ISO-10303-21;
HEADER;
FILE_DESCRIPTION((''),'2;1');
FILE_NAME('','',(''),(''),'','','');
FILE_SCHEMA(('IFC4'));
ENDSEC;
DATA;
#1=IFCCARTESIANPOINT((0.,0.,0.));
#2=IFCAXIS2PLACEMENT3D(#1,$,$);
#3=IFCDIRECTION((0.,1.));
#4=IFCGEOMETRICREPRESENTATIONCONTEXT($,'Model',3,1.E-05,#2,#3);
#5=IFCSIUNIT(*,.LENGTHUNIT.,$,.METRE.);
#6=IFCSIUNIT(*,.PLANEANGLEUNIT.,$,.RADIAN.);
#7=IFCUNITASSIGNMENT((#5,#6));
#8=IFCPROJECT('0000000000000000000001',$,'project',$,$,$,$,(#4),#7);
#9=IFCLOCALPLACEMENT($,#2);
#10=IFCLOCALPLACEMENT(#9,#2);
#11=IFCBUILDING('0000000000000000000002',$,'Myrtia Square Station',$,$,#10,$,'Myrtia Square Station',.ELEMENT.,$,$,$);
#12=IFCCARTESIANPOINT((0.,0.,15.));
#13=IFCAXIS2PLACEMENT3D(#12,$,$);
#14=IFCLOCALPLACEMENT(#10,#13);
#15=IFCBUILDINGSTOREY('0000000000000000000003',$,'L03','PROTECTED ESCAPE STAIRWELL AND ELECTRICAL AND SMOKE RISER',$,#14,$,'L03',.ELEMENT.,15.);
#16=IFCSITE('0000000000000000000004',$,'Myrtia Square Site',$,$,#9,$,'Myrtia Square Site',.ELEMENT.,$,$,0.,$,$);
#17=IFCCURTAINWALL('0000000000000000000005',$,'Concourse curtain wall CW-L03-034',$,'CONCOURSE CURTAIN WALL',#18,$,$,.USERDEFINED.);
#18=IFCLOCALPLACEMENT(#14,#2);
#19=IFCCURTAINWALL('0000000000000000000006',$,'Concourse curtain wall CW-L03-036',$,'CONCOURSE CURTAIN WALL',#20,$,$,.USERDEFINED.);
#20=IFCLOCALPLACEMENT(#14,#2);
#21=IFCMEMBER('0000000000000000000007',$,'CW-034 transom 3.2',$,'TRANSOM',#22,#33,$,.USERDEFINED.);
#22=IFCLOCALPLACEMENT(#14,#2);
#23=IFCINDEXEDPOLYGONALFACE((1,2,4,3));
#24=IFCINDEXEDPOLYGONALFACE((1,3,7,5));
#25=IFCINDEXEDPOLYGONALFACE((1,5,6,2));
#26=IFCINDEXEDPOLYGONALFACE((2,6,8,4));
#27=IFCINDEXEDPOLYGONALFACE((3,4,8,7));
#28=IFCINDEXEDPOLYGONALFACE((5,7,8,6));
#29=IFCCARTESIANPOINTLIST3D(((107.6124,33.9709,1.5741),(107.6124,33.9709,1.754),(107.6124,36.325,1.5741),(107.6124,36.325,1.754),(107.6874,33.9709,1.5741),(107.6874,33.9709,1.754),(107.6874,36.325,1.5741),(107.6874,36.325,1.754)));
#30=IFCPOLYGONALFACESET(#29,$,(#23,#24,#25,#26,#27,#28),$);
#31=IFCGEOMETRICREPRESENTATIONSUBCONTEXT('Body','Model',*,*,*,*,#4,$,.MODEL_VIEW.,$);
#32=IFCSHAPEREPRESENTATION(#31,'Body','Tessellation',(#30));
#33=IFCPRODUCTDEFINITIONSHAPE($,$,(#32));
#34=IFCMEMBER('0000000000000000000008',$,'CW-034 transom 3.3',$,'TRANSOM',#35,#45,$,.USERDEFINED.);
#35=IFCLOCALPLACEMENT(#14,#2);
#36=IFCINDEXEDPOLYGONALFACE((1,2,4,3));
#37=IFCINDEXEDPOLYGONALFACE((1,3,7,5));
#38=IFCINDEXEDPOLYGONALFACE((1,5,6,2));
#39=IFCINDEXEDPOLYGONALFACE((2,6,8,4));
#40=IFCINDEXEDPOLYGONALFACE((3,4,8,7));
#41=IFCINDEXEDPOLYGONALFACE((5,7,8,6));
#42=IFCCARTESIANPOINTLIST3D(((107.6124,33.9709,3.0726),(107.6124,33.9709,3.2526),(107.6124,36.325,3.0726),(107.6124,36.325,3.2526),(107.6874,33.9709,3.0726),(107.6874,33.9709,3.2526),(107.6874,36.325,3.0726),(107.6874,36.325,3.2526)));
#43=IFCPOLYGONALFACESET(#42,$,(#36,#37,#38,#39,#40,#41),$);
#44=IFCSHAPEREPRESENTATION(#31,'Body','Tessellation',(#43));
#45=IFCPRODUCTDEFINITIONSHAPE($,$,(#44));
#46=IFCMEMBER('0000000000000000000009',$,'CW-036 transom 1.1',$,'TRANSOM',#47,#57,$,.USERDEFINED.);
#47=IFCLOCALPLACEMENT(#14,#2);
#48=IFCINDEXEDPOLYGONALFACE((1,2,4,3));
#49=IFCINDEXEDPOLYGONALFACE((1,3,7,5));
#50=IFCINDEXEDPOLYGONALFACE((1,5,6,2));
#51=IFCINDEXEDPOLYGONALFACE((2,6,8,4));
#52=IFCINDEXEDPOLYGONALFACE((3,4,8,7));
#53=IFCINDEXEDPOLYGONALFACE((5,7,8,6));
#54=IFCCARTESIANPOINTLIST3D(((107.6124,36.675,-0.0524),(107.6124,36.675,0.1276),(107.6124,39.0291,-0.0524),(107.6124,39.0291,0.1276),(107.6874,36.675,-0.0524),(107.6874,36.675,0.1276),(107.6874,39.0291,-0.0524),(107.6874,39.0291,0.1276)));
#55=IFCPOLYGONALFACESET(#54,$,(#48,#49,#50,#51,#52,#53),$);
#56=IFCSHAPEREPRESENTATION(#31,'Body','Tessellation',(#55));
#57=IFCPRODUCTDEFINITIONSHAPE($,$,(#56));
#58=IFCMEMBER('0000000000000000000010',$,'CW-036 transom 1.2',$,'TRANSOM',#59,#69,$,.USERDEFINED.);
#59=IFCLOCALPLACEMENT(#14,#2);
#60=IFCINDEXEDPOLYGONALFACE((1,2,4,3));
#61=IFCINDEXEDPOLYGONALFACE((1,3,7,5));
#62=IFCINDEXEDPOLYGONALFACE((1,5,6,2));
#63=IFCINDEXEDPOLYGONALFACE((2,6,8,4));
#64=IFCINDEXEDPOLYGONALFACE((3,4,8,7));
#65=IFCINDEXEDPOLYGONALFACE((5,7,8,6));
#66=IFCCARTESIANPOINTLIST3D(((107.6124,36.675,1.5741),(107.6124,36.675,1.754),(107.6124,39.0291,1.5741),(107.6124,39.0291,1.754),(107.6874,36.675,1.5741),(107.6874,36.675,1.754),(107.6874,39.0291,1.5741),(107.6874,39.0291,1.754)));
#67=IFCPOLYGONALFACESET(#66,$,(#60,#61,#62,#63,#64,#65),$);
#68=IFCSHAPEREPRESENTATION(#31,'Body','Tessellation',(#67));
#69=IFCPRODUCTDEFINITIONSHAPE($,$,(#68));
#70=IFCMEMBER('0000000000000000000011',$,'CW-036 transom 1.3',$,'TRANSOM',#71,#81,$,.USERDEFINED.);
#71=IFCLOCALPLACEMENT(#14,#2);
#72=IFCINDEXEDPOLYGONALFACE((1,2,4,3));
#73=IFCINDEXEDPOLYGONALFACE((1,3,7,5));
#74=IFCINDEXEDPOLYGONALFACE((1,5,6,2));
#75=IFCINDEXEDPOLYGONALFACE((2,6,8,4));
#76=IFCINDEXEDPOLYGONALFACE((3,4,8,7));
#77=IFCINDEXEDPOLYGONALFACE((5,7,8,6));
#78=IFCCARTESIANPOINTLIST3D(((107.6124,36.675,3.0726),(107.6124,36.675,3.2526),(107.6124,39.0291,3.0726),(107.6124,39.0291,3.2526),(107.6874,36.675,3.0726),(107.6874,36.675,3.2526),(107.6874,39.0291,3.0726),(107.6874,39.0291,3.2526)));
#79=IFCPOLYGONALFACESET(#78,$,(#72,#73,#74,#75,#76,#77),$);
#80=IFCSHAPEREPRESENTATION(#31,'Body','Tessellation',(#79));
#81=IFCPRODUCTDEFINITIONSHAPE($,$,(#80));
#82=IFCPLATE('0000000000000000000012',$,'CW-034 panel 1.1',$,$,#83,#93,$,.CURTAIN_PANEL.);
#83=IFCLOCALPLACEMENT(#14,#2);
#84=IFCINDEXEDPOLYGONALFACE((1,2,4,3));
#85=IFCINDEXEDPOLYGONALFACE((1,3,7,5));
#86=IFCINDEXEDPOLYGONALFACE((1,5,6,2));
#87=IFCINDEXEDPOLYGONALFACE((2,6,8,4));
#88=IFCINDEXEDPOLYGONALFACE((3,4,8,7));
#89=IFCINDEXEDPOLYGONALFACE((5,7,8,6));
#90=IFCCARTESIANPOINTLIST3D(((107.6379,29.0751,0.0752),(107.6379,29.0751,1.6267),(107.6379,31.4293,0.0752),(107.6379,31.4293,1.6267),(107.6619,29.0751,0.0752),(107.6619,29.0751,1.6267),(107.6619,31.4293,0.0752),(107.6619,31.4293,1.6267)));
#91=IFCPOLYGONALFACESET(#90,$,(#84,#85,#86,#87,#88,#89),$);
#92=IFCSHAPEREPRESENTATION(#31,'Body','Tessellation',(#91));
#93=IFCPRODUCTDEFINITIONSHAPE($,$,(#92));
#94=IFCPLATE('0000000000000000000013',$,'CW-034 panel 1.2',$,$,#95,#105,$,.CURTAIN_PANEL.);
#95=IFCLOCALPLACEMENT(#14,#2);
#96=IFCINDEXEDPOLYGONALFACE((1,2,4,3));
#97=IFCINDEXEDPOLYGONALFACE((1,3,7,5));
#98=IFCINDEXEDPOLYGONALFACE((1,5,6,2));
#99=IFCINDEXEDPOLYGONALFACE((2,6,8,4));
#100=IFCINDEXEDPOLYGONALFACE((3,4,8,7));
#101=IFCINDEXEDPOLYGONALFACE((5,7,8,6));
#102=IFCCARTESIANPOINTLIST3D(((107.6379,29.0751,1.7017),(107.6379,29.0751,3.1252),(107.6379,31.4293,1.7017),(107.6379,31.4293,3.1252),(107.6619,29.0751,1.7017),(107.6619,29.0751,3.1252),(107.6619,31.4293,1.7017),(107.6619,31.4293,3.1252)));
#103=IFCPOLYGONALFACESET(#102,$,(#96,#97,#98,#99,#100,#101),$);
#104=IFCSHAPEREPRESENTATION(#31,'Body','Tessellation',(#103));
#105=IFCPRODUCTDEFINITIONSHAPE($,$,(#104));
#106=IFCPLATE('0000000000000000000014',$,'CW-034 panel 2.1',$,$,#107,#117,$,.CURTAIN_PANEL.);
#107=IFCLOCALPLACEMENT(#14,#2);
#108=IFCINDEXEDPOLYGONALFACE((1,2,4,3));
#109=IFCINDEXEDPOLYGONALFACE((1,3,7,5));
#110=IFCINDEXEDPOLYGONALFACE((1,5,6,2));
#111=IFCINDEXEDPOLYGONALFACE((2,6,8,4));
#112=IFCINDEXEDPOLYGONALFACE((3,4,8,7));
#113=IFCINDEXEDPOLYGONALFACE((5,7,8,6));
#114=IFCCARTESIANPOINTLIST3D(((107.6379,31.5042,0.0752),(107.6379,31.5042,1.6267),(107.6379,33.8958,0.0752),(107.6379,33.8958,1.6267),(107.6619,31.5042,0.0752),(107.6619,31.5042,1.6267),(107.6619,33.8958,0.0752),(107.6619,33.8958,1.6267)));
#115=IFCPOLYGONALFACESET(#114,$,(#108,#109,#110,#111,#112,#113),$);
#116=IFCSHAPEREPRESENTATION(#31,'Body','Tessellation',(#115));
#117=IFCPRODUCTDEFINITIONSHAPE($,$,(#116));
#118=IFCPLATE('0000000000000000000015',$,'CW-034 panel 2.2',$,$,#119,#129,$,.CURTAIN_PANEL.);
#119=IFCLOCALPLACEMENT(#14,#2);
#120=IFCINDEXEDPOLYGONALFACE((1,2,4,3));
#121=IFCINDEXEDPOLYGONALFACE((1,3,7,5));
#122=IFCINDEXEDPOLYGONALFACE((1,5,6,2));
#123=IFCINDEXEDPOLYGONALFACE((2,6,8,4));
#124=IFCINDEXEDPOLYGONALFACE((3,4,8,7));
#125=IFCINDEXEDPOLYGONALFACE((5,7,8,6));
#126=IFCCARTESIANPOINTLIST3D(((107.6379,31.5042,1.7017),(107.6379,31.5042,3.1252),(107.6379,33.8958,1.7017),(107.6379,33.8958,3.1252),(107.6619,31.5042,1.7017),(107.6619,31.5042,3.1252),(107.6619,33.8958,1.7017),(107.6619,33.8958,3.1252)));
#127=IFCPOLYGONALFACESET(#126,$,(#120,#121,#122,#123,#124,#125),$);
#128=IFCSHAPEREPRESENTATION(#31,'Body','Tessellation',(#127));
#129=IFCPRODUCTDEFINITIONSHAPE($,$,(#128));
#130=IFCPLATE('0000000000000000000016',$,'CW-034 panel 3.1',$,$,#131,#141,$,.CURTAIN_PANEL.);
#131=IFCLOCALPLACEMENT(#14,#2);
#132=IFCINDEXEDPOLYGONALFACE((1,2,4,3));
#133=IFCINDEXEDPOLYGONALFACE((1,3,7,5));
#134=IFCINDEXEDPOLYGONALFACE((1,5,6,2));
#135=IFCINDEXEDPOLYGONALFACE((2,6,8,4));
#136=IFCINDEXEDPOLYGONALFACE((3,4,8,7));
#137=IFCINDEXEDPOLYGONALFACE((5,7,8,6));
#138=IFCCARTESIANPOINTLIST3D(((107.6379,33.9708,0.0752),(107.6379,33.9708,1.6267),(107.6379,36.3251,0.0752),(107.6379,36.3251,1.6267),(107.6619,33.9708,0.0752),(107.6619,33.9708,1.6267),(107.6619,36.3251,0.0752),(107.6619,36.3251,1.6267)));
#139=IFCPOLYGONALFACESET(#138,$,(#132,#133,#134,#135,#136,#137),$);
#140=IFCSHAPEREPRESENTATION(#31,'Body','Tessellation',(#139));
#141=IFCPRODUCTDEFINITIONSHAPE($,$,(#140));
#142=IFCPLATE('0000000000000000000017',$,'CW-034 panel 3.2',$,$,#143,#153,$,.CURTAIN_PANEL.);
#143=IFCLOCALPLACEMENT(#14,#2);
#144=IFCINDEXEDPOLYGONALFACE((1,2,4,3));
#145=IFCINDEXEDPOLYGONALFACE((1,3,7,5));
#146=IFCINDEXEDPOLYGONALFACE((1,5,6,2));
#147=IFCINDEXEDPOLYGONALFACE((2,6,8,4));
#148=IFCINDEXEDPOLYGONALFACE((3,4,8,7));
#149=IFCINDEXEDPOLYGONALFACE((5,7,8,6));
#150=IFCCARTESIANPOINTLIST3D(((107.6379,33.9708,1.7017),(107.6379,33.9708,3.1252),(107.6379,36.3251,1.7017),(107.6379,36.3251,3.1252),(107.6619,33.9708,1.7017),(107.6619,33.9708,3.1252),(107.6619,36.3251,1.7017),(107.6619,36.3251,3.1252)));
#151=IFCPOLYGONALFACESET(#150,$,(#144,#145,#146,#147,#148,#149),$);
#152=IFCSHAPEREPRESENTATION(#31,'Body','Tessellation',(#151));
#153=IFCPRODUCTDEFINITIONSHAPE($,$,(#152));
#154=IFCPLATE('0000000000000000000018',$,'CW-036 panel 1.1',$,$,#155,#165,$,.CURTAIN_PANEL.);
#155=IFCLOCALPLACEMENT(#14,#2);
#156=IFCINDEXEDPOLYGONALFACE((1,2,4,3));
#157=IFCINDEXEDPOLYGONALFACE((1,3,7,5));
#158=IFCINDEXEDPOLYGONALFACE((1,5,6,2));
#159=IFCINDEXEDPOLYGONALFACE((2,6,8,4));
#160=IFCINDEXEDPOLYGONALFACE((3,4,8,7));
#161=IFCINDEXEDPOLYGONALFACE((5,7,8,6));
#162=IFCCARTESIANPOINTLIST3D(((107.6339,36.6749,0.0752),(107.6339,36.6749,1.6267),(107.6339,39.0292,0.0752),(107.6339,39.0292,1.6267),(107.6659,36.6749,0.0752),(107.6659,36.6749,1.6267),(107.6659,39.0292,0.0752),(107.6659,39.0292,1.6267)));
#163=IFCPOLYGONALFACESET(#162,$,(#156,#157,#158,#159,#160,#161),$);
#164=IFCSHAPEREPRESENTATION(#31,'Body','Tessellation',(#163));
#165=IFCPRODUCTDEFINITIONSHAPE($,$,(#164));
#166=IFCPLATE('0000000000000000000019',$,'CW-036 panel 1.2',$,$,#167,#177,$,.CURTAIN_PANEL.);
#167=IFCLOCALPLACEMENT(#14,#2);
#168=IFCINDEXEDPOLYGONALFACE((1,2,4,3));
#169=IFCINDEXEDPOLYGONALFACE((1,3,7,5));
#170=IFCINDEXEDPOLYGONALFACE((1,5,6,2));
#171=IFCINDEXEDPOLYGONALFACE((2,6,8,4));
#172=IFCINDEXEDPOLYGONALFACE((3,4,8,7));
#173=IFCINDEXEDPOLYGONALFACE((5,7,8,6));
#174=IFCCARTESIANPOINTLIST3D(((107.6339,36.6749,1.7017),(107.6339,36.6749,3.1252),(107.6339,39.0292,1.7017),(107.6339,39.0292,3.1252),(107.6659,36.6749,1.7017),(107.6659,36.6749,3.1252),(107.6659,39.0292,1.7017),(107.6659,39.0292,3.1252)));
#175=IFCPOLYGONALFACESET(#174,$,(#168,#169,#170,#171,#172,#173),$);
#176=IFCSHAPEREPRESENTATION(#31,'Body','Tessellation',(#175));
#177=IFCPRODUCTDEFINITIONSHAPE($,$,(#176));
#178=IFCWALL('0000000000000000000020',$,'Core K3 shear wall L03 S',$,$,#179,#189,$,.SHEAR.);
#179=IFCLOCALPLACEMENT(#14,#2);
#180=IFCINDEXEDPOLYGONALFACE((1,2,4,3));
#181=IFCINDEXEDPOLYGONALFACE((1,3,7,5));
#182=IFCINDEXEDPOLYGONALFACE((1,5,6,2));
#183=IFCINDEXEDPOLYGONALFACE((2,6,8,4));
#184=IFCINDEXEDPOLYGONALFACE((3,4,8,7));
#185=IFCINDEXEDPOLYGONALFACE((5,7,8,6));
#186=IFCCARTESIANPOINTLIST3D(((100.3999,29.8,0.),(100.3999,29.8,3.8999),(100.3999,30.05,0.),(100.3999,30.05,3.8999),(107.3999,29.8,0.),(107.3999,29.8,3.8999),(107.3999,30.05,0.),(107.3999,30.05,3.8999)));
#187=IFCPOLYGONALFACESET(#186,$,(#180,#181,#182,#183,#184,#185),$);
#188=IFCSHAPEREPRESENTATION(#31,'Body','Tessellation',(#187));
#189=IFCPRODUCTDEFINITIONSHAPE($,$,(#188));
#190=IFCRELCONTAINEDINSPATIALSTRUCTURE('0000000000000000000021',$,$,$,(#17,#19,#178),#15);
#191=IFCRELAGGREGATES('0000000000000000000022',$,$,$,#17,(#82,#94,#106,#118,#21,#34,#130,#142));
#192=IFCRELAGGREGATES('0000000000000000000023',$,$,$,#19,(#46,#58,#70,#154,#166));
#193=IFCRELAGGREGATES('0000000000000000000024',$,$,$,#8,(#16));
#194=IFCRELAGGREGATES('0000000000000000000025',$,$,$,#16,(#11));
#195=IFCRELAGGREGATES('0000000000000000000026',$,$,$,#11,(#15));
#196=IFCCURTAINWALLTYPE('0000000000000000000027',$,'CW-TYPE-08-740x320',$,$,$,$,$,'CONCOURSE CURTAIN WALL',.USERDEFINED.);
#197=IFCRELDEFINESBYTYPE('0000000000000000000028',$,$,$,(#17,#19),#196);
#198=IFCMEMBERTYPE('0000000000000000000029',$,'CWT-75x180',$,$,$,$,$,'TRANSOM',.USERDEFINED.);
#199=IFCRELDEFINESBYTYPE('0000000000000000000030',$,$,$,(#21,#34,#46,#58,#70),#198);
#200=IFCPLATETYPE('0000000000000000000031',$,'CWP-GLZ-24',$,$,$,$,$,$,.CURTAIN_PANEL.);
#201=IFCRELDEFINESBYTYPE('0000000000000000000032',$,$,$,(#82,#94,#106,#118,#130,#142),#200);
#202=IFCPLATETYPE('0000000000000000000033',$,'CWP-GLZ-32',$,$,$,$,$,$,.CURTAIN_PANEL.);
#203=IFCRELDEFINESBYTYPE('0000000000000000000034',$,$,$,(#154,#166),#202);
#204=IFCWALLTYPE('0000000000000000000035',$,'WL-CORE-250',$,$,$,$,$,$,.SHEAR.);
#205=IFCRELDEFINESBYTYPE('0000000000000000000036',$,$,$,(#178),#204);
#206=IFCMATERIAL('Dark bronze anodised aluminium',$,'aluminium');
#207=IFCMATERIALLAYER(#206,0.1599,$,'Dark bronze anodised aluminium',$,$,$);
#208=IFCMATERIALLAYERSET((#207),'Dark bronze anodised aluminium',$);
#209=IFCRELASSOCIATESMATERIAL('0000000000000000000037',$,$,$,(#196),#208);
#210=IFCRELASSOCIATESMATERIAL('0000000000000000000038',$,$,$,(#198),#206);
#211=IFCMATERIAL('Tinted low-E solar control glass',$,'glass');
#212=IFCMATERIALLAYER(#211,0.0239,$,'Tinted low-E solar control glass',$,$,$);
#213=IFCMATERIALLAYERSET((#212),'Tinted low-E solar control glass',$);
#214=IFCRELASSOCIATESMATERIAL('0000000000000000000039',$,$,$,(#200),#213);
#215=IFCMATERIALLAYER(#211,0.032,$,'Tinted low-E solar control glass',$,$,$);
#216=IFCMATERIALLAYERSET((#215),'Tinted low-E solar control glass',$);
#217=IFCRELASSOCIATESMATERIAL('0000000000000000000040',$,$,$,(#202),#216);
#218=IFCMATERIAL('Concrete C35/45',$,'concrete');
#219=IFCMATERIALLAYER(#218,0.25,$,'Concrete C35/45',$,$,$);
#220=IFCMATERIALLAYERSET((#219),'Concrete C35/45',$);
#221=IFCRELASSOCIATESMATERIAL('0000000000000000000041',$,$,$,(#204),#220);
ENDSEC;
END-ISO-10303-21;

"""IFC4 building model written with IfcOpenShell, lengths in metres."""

from ifc_helpers import new_model, si_unit, direction, frame, frame_2d, origin, origin_2d, place, context, subcontext, project, spatial, rectangle, extrude, material, layer, layer_set, material_profile, profile_set, type_object, element, aggregate, save


model = new_model("IFC4")

# Units and contexts
model_context = context("Model", 3, precision=1e-05, world=origin(), true_north=direction((0.0, 1.0)))
body_context = subcontext(model_context, "Body", "Model", "MODEL_VIEW")
ifc_project = project(units=[si_unit("LENGTHUNIT", "METRE"), si_unit("PLANEANGLEUNIT", "RADIAN")], contexts=[model_context])

# Site, building, storey
site_placement = place(None, origin())
site = spatial("IfcSite", under=ifc_project, at=site_placement, Name="Myrtia Square Site", LongName="Myrtia Square Site", CompositionType="ELEMENT", RefElevation=0.0)
building_placement = place(site_placement, origin())
building = spatial("IfcBuilding", under=site, at=building_placement, Name="Myrtia Square Station", LongName="Myrtia Square Station", CompositionType="ELEMENT")
storey_placement = place(building_placement, frame((0.0, 0.0, 15.0)))
storey = spatial("IfcBuildingStorey", under=building, at=storey_placement, Name="L03", Description="PROTECTED ESCAPE STAIRWELL AND ELECTRICAL AND SMOKE RISER", LongName="L03", CompositionType="ELEMENT", Elevation=15.0)

# Curtain walls
ifc_material_1 = material(Name="Dark bronze anodised aluminium", Category="aluminium")
ifc_layer_1 = layer(ifc_material_1, 0.1599, Name="Dark bronze anodised aluminium")
ifc_layer_set_1 = layer_set([ifc_layer_1], Name="Dark bronze anodised aluminium")
curtain_wall_type = type_object("IfcCurtainWallType", Name="CW-TYPE-08-740x320", ElementType="CONCOURSE CURTAIN WALL", PredefinedType="USERDEFINED", material=ifc_layer_set_1)
curtain_wall_1_placement = place(storey_placement, origin())
curtain_wall_1 = element("IfcCurtainWall", 1, at=curtain_wall_1_placement, inside=storey, type_object=curtain_wall_type, Name="Concourse curtain wall CW-L03-034", ObjectType="CONCOURSE CURTAIN WALL", PredefinedType="USERDEFINED")
curtain_wall_2_placement = place(storey_placement, origin())
curtain_wall_2 = element("IfcCurtainWall", 2, at=curtain_wall_2_placement, inside=storey, type_object=curtain_wall_type, Name="Concourse curtain wall CW-L03-036", ObjectType="CONCOURSE CURTAIN WALL", PredefinedType="USERDEFINED")

# Members
ifc_material_profile_1 = material_profile(ifc_material_1, rectangle(XDim=0.075, YDim=0.1799, at=origin_2d()), Name="ALU-T 75x180")
ifc_profile_set_1 = profile_set([ifc_material_profile_1], Name="Dark bronze anodised aluminium")
member_type_1 = type_object("IfcMemberType", Name="CWT-75x180", ElementType="TRANSOM", PredefinedType="USERDEFINED", material=ifc_profile_set_1)
member_1_placement = place(storey_placement, frame((107.6499, 33.9709, 1.6641), z_axis=(0.0, 1.0, 0.0), x_axis=(-1.0, 0.0, 0.0)))
member_1 = element("IfcMember", 3, at=member_1_placement, type_object=member_type_1, Name="CW-034 transom 3.2", ObjectType="TRANSOM", PredefinedType="USERDEFINED", context=body_context, shape_type="SweptSolid", body=[
    extrude(rectangle(XDim=0.075, YDim=0.1799, at=origin_2d()), origin(), (0.0, 0.0, 1.0), 2.354),
])
member_2_placement = place(storey_placement, frame((107.6499, 33.9709, 3.1626), z_axis=(0.0, 1.0, 0.0), x_axis=(-1.0, 0.0, 0.0)))
member_2 = element("IfcMember", 4, at=member_2_placement, type_object=member_type_1, Name="CW-034 transom 3.3", ObjectType="TRANSOM", PredefinedType="USERDEFINED", context=body_context, shape_type="SweptSolid", body=[
    extrude(rectangle(XDim=0.075, YDim=0.1799, at=origin_2d()), origin(), (0.0, 0.0, 1.0), 2.354),
])
member_3_placement = place(storey_placement, frame((107.6499, 36.675, 0.0376), z_axis=(0.0, 1.0, 0.0), x_axis=(-1.0, 0.0, 0.0)))
member_3 = element("IfcMember", 5, at=member_3_placement, type_object=member_type_1, Name="CW-036 transom 1.1", ObjectType="TRANSOM", PredefinedType="USERDEFINED", context=body_context, shape_type="SweptSolid", body=[
    extrude(rectangle(XDim=0.075, YDim=0.1799, at=origin_2d()), origin(), (0.0, 0.0, 1.0), 2.354),
])
member_4_placement = place(storey_placement, frame((107.6499, 36.675, 1.6641), z_axis=(0.0, 1.0, 0.0), x_axis=(-1.0, 0.0, 0.0)))
member_4 = element("IfcMember", 6, at=member_4_placement, type_object=member_type_1, Name="CW-036 transom 1.2", ObjectType="TRANSOM", PredefinedType="USERDEFINED", context=body_context, shape_type="SweptSolid", body=[
    extrude(rectangle(XDim=0.075, YDim=0.1799, at=origin_2d()), origin(), (0.0, 0.0, 1.0), 2.354),
])
member_5_placement = place(storey_placement, frame((107.6499, 36.675, 3.1626), z_axis=(0.0, 1.0, 0.0), x_axis=(-1.0, 0.0, 0.0)))
member_5 = element("IfcMember", 7, at=member_5_placement, type_object=member_type_1, Name="CW-036 transom 1.3", ObjectType="TRANSOM", PredefinedType="USERDEFINED", context=body_context, shape_type="SweptSolid", body=[
    extrude(rectangle(XDim=0.075, YDim=0.1799, at=origin_2d()), origin(), (0.0, 0.0, 1.0), 2.354),
])

# Plates
ifc_material_2 = material(Name="Tinted low-E solar control glass", Category="glass")
ifc_layer_2 = layer(ifc_material_2, 0.0239, Name="Tinted low-E solar control glass")
ifc_layer_set_2 = layer_set([ifc_layer_2], Name="Tinted low-E solar control glass")
plate_type_1 = type_object("IfcPlateType", Name="CWP-GLZ-24", PredefinedType="CURTAIN_PANEL", material=ifc_layer_set_2)
plate_1_placement = place(storey_placement, frame((107.6499, 30.2522, 0.0752), z_axis=(0.0, 0.0, 1.0), x_axis=(0.0, 1.0, 0.0)))
plate_1 = element("IfcPlate", 8, at=plate_1_placement, type_object=plate_type_1, Name="CW-034 panel 1.1", PredefinedType="CURTAIN_PANEL", context=body_context, shape_type="SweptSolid", body=[
    extrude(rectangle(XDim=2.3542, YDim=0.0239, at=origin_2d()), origin(), (0.0, 0.0, 1.0), 1.5515),
])
plate_2_placement = place(storey_placement, frame((107.6499, 30.2522, 1.7017), z_axis=(0.0, 0.0, 1.0), x_axis=(0.0, 1.0, 0.0)))
plate_2 = element("IfcPlate", 9, at=plate_2_placement, type_object=plate_type_1, Name="CW-034 panel 1.2", PredefinedType="CURTAIN_PANEL", context=body_context, shape_type="SweptSolid", body=[
    extrude(rectangle(XDim=2.3542, YDim=0.0239, at=origin_2d()), origin(), (0.0, 0.0, 1.0), 1.4236),
])
plate_3_placement = place(storey_placement, frame((107.6499, 32.7, 0.0752), z_axis=(0.0, 0.0, 1.0), x_axis=(0.0, 1.0, 0.0)))
plate_3 = element("IfcPlate", 10, at=plate_3_placement, type_object=plate_type_1, Name="CW-034 panel 2.1", PredefinedType="CURTAIN_PANEL", context=body_context, shape_type="SweptSolid", body=[
    extrude(rectangle(XDim=2.3916, YDim=0.0239, at=origin_2d()), origin(), (0.0, 0.0, 1.0), 1.5515),
])
plate_4_placement = place(storey_placement, frame((107.6499, 32.7, 1.7017), z_axis=(0.0, 0.0, 1.0), x_axis=(0.0, 1.0, 0.0)))
plate_4 = element("IfcPlate", 11, at=plate_4_placement, type_object=plate_type_1, Name="CW-034 panel 2.2", PredefinedType="CURTAIN_PANEL", context=body_context, shape_type="SweptSolid", body=[
    extrude(rectangle(XDim=2.3916, YDim=0.0239, at=origin_2d()), origin(), (0.0, 0.0, 1.0), 1.4236),
])
plate_5_placement = place(storey_placement, frame((107.6499, 35.1479, 0.0752), z_axis=(0.0, 0.0, 1.0), x_axis=(0.0, 1.0, 0.0)))
plate_5 = element("IfcPlate", 12, at=plate_5_placement, type_object=plate_type_1, Name="CW-034 panel 3.1", PredefinedType="CURTAIN_PANEL", context=body_context, shape_type="SweptSolid", body=[
    extrude(rectangle(XDim=2.3542, YDim=0.0239, at=origin_2d()), origin(), (0.0, 0.0, 1.0), 1.5515),
])
plate_6_placement = place(storey_placement, frame((107.6499, 35.1479, 1.7017), z_axis=(0.0, 0.0, 1.0), x_axis=(0.0, 1.0, 0.0)))
plate_6 = element("IfcPlate", 13, at=plate_6_placement, type_object=plate_type_1, Name="CW-034 panel 3.2", PredefinedType="CURTAIN_PANEL", context=body_context, shape_type="SweptSolid", body=[
    extrude(rectangle(XDim=2.3542, YDim=0.0239, at=origin_2d()), origin(), (0.0, 0.0, 1.0), 1.4236),
])
aggregate(curtain_wall_1, [plate_1, plate_2, plate_3, plate_4, member_1, member_2, plate_5, plate_6])
ifc_layer_3 = layer(ifc_material_2, 0.032, Name="Tinted low-E solar control glass")
ifc_layer_set_3 = layer_set([ifc_layer_3], Name="Tinted low-E solar control glass")
plate_type_2 = type_object("IfcPlateType", Name="CWP-GLZ-32", PredefinedType="CURTAIN_PANEL", material=ifc_layer_set_3)
plate_7_placement = place(storey_placement, frame((107.6499, 37.8521, 0.0752), z_axis=(0.0, 0.0, 1.0), x_axis=(0.0, 1.0, 0.0)))
plate_7 = element("IfcPlate", 14, at=plate_7_placement, type_object=plate_type_2, Name="CW-036 panel 1.1", PredefinedType="CURTAIN_PANEL", context=body_context, shape_type="SweptSolid", body=[
    extrude(rectangle(XDim=2.3542, YDim=0.032, at=origin_2d()), origin(), (0.0, 0.0, 1.0), 1.5515),
])
plate_8_placement = place(storey_placement, frame((107.6499, 37.8521, 1.7017), z_axis=(0.0, 0.0, 1.0), x_axis=(0.0, 1.0, 0.0)))
plate_8 = element("IfcPlate", 15, at=plate_8_placement, type_object=plate_type_2, Name="CW-036 panel 1.2", PredefinedType="CURTAIN_PANEL", context=body_context, shape_type="SweptSolid", body=[
    extrude(rectangle(XDim=2.3542, YDim=0.032, at=origin_2d()), origin(), (0.0, 0.0, 1.0), 1.4236),
])
aggregate(curtain_wall_2, [member_3, member_4, member_5, plate_7, plate_8])

# Wall
ifc_material_3 = material(Name="Concrete C35/45", Category="concrete")
ifc_layer_4 = layer(ifc_material_3, 0.25, Name="Concrete C35/45")
ifc_layer_set_4 = layer_set([ifc_layer_4], Name="Concrete C35/45")
wall_type_1 = type_object("IfcWallType", Name="WL-CORE-250", PredefinedType="SHEAR", material=ifc_layer_set_4)
for number, where, z_axis, x_axis, name in (
    (16, (100.3999, 29.925, 0.0), (0.0, 0.0, 1.0), (1.0, 0.0, 0.0), "Core K3 shear wall L03 S"),
):
    element("IfcWall", number, at=place(storey_placement, frame(where, z_axis=z_axis, x_axis=x_axis)), inside=storey, type_object=wall_type_1, Name=name, PredefinedType="SHEAR", context=body_context, shape_type="SweptSolid", body=[
        extrude(rectangle(XDim=7.0, YDim=0.25, at=frame_2d((3.5, 0.0))), origin(), (0.0, 0.0, 1.0), 3.8999),
    ])

save(model, "model.ifc")
